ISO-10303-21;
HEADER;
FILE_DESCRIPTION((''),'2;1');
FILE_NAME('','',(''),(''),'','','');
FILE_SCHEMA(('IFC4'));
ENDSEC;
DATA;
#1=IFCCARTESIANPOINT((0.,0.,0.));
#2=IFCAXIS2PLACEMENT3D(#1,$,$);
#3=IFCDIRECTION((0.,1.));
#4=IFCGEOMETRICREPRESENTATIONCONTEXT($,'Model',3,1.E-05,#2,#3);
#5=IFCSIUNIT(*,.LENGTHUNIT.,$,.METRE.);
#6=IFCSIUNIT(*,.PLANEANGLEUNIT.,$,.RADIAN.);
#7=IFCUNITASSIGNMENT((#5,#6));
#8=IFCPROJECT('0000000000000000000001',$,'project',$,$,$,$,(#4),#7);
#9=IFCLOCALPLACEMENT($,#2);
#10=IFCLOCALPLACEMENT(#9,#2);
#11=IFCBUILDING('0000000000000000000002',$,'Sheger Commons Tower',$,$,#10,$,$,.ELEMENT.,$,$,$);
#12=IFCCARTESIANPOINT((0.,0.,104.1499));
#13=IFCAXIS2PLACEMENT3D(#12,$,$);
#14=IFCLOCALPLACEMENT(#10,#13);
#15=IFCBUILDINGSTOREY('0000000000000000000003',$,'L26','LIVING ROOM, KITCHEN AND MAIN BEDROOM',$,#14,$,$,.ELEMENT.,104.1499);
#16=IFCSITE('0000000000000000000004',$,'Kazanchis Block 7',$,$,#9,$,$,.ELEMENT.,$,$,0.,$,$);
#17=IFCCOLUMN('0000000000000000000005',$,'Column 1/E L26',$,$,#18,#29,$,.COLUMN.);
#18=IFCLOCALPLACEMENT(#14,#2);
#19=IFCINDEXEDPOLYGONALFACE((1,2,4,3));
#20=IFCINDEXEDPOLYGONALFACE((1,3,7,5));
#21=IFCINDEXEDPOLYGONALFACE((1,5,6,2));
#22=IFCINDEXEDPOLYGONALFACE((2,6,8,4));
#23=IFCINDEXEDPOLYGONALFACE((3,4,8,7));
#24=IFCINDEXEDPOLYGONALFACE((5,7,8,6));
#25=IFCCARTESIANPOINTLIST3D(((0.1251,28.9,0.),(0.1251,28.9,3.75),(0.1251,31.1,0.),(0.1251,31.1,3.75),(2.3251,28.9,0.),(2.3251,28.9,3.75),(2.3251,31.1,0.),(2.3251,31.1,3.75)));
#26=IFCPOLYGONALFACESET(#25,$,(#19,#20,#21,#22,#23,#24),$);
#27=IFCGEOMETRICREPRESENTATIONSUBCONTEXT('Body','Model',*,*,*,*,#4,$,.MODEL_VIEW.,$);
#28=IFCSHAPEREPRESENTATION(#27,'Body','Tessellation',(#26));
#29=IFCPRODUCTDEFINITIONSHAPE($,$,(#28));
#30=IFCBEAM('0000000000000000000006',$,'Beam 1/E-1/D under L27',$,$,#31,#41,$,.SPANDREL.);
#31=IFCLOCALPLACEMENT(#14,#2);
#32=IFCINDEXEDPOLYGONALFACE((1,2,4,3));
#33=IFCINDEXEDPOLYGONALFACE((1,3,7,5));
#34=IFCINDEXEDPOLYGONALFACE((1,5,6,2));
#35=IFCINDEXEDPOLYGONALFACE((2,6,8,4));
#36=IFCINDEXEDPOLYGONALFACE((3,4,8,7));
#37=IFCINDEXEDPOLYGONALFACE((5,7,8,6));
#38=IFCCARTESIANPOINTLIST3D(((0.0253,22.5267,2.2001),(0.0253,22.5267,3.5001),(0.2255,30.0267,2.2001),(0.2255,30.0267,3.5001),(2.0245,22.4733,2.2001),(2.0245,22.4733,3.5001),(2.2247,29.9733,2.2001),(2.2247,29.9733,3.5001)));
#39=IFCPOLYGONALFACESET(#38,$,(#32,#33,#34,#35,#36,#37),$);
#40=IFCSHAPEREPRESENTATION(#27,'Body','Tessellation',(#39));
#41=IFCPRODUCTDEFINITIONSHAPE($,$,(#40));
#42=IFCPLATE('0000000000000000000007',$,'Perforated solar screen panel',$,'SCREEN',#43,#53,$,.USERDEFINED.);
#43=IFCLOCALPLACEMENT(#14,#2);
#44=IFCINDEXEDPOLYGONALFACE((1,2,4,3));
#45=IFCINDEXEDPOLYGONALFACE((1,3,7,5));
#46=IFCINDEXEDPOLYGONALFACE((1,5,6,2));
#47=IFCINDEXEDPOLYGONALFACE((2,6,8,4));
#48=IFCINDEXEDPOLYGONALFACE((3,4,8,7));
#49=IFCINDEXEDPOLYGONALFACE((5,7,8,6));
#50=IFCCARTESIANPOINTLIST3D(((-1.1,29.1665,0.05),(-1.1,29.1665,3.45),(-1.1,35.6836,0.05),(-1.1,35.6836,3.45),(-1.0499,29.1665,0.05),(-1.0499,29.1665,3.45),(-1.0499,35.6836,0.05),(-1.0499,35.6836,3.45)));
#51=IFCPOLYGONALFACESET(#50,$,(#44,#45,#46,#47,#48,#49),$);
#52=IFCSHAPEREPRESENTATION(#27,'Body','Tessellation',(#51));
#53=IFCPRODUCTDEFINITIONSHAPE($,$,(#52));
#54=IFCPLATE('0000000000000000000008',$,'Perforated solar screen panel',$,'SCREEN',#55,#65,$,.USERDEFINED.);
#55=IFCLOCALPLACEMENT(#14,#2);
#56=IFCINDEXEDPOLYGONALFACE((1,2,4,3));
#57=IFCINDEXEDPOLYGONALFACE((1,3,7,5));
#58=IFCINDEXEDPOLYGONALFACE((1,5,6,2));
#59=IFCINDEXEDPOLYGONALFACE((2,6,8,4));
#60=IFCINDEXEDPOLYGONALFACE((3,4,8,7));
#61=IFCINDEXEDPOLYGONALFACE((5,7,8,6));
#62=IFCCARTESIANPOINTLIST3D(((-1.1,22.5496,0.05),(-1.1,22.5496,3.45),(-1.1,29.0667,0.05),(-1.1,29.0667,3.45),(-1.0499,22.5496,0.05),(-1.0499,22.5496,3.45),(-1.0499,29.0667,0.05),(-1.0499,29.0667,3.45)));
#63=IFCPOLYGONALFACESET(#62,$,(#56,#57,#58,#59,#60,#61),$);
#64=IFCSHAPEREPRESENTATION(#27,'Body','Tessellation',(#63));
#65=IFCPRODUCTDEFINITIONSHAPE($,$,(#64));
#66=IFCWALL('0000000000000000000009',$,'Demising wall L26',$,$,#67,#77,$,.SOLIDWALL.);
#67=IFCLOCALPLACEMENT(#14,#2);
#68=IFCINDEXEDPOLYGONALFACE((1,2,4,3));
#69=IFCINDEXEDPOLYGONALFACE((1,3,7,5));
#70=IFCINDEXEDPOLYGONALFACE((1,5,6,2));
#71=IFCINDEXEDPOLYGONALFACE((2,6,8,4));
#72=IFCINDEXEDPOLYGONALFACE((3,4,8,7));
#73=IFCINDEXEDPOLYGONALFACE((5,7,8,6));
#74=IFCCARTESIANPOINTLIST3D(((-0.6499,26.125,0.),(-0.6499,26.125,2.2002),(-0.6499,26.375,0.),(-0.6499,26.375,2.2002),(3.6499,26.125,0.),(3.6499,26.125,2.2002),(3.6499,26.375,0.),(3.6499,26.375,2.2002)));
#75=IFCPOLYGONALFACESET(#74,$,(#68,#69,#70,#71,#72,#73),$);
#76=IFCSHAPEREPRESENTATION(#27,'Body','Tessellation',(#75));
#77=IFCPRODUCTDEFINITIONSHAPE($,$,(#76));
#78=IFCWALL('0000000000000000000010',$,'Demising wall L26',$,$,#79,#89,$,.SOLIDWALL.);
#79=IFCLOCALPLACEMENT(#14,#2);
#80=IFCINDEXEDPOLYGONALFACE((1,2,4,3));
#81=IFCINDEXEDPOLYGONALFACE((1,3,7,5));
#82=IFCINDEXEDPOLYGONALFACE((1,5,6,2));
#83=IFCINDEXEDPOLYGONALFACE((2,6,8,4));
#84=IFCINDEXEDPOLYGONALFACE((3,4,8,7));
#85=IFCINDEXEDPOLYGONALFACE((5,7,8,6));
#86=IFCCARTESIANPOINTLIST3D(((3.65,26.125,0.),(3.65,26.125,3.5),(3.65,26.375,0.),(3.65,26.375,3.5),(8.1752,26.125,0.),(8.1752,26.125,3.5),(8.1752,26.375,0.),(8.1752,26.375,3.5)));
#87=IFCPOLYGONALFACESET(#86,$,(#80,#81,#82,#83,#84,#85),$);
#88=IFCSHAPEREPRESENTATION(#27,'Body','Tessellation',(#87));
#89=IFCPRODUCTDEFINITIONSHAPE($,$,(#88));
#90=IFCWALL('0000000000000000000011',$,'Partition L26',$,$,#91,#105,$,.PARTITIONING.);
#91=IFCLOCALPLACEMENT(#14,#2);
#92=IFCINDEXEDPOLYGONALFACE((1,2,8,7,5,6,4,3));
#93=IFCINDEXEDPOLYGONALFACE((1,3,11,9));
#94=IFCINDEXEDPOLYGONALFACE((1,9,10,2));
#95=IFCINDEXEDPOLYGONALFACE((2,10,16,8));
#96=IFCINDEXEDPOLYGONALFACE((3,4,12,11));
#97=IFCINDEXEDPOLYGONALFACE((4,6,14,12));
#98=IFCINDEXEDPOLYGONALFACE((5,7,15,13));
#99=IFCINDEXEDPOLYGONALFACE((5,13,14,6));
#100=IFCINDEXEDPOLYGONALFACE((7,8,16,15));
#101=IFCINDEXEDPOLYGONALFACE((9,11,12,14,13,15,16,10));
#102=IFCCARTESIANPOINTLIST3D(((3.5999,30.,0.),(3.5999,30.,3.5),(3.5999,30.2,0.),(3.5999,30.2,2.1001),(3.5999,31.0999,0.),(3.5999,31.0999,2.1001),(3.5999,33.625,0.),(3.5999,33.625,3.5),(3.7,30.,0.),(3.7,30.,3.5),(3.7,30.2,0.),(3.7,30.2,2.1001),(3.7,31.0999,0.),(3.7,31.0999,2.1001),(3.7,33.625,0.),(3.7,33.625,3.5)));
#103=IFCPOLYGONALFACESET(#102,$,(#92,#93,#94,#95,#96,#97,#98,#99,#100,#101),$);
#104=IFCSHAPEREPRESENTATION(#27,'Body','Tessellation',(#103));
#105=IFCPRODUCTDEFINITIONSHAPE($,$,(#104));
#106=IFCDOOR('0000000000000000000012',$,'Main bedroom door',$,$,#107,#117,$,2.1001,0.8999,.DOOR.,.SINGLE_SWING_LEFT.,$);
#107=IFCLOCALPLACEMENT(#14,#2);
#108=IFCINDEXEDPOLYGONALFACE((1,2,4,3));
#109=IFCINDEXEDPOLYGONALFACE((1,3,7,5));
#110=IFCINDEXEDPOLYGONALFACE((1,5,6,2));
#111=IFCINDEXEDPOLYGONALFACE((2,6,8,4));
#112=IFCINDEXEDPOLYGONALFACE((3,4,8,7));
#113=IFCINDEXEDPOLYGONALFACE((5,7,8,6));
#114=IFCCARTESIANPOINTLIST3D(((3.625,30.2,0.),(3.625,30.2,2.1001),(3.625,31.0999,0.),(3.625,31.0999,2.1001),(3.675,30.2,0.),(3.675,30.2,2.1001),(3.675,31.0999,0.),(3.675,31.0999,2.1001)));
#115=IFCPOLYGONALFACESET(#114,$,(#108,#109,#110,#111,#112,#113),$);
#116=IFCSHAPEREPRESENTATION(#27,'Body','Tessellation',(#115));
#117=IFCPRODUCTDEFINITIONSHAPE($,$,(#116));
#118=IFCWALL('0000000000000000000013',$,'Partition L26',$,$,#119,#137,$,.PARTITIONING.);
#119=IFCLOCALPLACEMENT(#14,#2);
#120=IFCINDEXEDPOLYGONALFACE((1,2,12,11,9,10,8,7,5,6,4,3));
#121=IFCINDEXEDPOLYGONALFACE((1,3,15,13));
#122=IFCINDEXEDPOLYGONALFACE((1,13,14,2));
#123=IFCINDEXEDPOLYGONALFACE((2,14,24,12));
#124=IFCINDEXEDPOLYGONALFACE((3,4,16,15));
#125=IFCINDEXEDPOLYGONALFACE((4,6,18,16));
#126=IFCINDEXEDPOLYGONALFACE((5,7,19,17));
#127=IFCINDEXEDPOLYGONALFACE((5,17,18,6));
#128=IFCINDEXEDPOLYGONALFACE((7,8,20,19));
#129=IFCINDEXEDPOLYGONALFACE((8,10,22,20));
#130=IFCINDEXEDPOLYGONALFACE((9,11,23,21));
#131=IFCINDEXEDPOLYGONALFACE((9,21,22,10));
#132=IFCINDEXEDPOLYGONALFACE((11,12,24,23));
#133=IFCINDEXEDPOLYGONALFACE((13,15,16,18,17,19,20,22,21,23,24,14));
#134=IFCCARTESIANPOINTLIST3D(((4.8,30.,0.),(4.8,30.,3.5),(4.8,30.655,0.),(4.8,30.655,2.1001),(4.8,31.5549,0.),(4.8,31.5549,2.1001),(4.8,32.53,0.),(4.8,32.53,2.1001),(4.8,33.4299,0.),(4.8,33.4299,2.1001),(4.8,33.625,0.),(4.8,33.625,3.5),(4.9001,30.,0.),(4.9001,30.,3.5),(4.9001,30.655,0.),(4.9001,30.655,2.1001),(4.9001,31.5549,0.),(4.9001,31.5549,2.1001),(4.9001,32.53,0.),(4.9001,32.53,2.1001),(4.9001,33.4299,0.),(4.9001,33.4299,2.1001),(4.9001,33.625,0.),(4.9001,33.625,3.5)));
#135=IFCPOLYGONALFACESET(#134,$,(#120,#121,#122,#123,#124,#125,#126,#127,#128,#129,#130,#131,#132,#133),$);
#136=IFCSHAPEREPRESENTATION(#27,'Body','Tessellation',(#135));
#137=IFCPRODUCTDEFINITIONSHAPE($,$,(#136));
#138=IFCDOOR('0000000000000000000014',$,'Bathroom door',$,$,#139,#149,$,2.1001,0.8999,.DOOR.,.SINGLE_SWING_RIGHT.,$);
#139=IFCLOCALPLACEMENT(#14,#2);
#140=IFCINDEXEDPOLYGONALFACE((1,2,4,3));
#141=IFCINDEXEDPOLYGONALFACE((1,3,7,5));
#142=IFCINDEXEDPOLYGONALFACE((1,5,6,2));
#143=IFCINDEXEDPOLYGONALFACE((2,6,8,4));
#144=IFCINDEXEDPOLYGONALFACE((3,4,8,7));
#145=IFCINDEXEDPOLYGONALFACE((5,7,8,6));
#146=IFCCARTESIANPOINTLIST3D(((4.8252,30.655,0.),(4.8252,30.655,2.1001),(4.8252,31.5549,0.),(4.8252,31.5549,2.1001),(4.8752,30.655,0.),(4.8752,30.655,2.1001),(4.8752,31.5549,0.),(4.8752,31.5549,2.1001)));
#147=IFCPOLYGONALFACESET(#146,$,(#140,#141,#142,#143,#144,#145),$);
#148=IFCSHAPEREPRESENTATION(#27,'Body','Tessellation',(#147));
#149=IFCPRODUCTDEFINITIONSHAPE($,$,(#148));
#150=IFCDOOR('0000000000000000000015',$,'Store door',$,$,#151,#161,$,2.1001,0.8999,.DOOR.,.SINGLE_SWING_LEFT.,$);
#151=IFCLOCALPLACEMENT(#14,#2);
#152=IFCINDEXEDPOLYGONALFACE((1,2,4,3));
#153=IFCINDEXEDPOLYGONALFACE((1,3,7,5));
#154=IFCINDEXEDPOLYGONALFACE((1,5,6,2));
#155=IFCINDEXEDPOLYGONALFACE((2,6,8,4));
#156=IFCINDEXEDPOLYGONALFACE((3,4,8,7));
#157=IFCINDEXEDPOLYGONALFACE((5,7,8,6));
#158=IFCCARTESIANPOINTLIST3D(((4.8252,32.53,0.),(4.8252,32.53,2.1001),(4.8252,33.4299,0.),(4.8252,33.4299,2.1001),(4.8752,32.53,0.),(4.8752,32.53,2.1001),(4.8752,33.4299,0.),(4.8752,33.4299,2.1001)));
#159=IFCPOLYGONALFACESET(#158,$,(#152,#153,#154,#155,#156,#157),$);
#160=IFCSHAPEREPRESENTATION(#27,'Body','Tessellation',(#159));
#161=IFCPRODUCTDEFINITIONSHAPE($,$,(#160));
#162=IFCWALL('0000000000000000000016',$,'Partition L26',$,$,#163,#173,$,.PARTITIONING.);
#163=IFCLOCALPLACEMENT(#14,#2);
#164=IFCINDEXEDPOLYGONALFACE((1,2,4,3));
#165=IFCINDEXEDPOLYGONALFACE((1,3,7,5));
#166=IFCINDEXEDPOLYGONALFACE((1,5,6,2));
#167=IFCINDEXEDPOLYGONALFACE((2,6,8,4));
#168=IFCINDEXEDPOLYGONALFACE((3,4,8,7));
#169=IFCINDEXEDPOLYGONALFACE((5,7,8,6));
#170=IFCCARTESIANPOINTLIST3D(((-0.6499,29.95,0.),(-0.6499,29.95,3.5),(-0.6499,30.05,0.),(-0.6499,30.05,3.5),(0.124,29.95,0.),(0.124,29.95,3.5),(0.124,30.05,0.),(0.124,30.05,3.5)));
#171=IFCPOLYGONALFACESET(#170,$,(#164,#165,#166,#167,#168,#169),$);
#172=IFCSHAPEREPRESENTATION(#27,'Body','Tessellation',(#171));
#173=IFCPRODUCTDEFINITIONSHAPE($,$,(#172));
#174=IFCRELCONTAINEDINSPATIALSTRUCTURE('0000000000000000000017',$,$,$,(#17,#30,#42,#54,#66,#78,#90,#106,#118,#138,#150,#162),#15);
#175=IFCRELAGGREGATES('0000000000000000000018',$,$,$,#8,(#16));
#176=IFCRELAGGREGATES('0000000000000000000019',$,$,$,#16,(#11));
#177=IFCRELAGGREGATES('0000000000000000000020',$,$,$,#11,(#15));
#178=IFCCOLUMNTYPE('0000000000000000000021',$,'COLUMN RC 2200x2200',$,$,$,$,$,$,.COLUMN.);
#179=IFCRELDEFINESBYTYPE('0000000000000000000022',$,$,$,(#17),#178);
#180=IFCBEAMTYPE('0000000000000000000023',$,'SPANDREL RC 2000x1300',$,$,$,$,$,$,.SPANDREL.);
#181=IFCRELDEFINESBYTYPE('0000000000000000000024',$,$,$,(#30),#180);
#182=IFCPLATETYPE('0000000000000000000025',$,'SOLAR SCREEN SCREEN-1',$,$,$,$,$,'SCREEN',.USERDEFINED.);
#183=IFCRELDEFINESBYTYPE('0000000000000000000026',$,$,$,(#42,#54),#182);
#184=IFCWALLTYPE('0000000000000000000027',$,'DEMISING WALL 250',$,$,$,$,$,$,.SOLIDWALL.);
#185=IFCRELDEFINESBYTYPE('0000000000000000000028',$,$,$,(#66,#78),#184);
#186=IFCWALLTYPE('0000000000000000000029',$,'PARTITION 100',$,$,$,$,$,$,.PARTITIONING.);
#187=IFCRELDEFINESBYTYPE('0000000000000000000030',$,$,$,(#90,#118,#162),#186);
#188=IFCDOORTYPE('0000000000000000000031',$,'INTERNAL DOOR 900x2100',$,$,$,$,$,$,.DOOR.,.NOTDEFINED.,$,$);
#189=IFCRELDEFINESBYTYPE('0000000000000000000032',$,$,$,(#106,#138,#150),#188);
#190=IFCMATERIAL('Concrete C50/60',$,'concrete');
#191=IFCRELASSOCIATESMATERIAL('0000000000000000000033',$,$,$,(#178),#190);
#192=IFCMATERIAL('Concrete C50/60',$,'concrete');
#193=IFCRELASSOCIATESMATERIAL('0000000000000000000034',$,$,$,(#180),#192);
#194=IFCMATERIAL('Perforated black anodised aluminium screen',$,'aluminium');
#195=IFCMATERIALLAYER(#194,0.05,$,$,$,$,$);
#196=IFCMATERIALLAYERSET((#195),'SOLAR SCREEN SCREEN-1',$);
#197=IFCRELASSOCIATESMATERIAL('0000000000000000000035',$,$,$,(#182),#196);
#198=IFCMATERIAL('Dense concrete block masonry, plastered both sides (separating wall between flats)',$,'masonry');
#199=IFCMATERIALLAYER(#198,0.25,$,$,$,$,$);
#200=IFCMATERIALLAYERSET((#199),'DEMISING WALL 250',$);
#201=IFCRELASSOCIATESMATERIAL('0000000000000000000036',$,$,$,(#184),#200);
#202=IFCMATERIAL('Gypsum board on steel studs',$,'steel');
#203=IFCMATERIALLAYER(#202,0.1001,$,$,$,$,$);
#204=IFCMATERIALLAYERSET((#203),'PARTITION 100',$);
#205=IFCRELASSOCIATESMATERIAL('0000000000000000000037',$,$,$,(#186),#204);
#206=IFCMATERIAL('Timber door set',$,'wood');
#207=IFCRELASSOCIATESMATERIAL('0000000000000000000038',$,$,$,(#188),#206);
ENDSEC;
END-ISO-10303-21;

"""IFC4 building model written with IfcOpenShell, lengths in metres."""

from ifc_helpers import new_model, si_unit, direction, frame, frame_2d, origin, origin_2d, place, context, subcontext, project, spatial, rectangle, extrude, material, layer, layer_set, material_profile, profile_set, type_object, element, fill, save


model = new_model("IFC4")

# Units and contexts
model_context = context("Model", 3, precision=1e-05, world=origin(), true_north=direction((0.0, 1.0)))
body_context = subcontext(model_context, "Body", "Model", "MODEL_VIEW")
ifc_project = project(units=[si_unit("LENGTHUNIT", "METRE"), si_unit("PLANEANGLEUNIT", "RADIAN")], contexts=[model_context])

# Site, building, storey
site_placement = place(None, origin())
site = spatial("IfcSite", under=ifc_project, at=site_placement, Name="Kazanchis Block 7", CompositionType="ELEMENT", RefElevation=0.0)
building_placement = place(site_placement, origin())
building = spatial("IfcBuilding", under=site, at=building_placement, Name="Sheger Commons Tower", CompositionType="ELEMENT")
storey_placement = place(building_placement, frame((0.0, 0.0, 104.1499)))
storey = spatial("IfcBuildingStorey", under=building, at=storey_placement, Name="L26", Description="LIVING ROOM, KITCHEN AND MAIN BEDROOM", CompositionType="ELEMENT", Elevation=104.1499)

# Column
ifc_material_1 = material(Name="Concrete C50/60", Category="concrete")
ifc_material_profile_1 = material_profile(ifc_material_1, rectangle(XDim=2.2, YDim=2.2, at=origin_2d()), Name="RC 2200x2200")
ifc_profile_set_1 = profile_set([ifc_material_profile_1], Name="Concrete C50/60")
column_type = type_object("IfcColumnType", Name="COLUMN RC 2200x2200", PredefinedType="COLUMN", material=ifc_profile_set_1)
column_placement = place(storey_placement, frame((1.2251, 30.0, 0.0), z_axis=(0.0, 0.0, 1.0), x_axis=(1.0, 0.0, 0.0)))
element("IfcColumn", 1, at=column_placement, inside=storey, type_object=column_type, Name="Column 1/E L26", PredefinedType="COLUMN", context=body_context, shape_type="SweptSolid", body=[
    extrude(rectangle(XDim=2.2, YDim=2.2, at=origin_2d()), origin(), (0.0, 0.0, 1.0), 3.75),
])

# Beam
ifc_material_2 = material(Name="Concrete C50/60", Category="concrete")
ifc_material_profile_2 = material_profile(ifc_material_2, rectangle(XDim=2.0, YDim=1.3, at=origin_2d()), Name="RC 2000x1300")
ifc_profile_set_2 = profile_set([ifc_material_profile_2], Name="Concrete C50/60")
beam_type = type_object("IfcBeamType", Name="SPANDREL RC 2000x1300", PredefinedType="SPANDREL", material=ifc_profile_set_2)
beam_placement = place(storey_placement, frame((1.2251, 30.0, 2.8501), z_axis=(-0.026683, -0.999644, 0.0), x_axis=(0.999644, -0.026683, 0.0)))
element("IfcBeam", 2, at=beam_placement, inside=storey, type_object=beam_type, Name="Beam 1/E-1/D under L27", PredefinedType="SPANDREL", context=body_context, shape_type="SweptSolid", body=[
    extrude(rectangle(XDim=2.0, YDim=1.3, at=origin_2d()), origin(), (0.0, 0.0, 1.0), 7.5027),
])

# Plates
ifc_material_3 = material(Name="Perforated black anodised aluminium screen", Category="aluminium")
ifc_layer_1 = layer(ifc_material_3, 0.05)
ifc_layer_set_1 = layer_set([ifc_layer_1], Name="SOLAR SCREEN SCREEN-1")
plate_type = type_object("IfcPlateType", Name="SOLAR SCREEN SCREEN-1", ElementType="SCREEN", PredefinedType="USERDEFINED", material=ifc_layer_set_1)
for number, where, z_axis, x_axis, name in (
    (3, (-1.075, 32.425, 0.05), (0.0, 0.0, 1.0), (0.0, -1.0, 0.0), "Perforated solar screen panel"),
    (4, (-1.075, 25.8081, 0.05), (0.0, 0.0, 1.0), (0.0, -1.0, 0.0), "Perforated solar screen panel"),
):
    element("IfcPlate", number, at=place(storey_placement, frame(where, z_axis=z_axis, x_axis=x_axis)), inside=storey, type_object=plate_type, Name=name, ObjectType="SCREEN", PredefinedType="USERDEFINED", context=body_context, shape_type="SweptSolid", body=[
        extrude(rectangle(XDim=6.5171, YDim=0.05, at=origin_2d()), origin(), (0.0, 0.0, 1.0), 3.3999),
    ])

# Walls
ifc_material_4 = material(Name="Dense concrete block masonry, plastered both sides (separating wall between flats)", Category="masonry")
ifc_layer_2 = layer(ifc_material_4, 0.25)
ifc_layer_set_2 = layer_set([ifc_layer_2], Name="DEMISING WALL 250")
wall_type_1 = type_object("IfcWallType", Name="DEMISING WALL 250", PredefinedType="SOLIDWALL", material=ifc_layer_set_2)
wall_1_placement = place(storey_placement, frame((-0.6499, 26.25, 0.0), z_axis=(0.0, 0.0, 1.0), x_axis=(1.0, 0.0, 0.0)))
element("IfcWall", 5, at=wall_1_placement, inside=storey, type_object=wall_type_1, Name="Demising wall L26", PredefinedType="SOLIDWALL", context=body_context, shape_type="SweptSolid", body=[
    extrude(rectangle(XDim=4.2998, YDim=0.25, at=frame_2d((2.1499, 0.0))), origin(), (0.0, 0.0, 1.0), 2.2002),
])
wall_2_placement = place(storey_placement, frame((3.6499, 26.25, 0.0), z_axis=(0.0, 0.0, 1.0), x_axis=(1.0, 0.0, 0.0)))
element("IfcWall", 6, at=wall_2_placement, inside=storey, type_object=wall_type_1, Name="Demising wall L26", PredefinedType="SOLIDWALL", context=body_context, shape_type="SweptSolid", body=[
    extrude(rectangle(XDim=4.5251, YDim=0.25, at=frame_2d((2.2627, 0.0))), origin(), (0.0, 0.0, 1.0), 3.5),
])

# Wall, opening, door
ifc_material_5 = material(Name="Gypsum board on steel studs", Category="steel")
ifc_layer_3 = layer(ifc_material_5, 0.1001)
ifc_layer_set_3 = layer_set([ifc_layer_3], Name="PARTITION 100")
wall_type_2 = type_object("IfcWallType", Name="PARTITION 100", PredefinedType="PARTITIONING", material=ifc_layer_set_3)
wall_3_placement = place(storey_placement, frame((3.6499, 30.0, 0.0), z_axis=(0.0, 0.0, 1.0), x_axis=(0.0, 1.0, 0.0)))
wall_3 = element("IfcWall", 7, at=wall_3_placement, inside=storey, type_object=wall_type_2, Name="Partition L26", PredefinedType="PARTITIONING", context=body_context, shape_type="SweptSolid", body=[
    extrude(rectangle(XDim=3.625, YDim=0.1001, at=frame_2d((1.8125, 0.0))), origin(), (0.0, 0.0, 1.0), 3.5),
])
opening_1_placement = place(wall_3_placement, frame((0.2, 0.0, 0.0)))
opening_1 = element("IfcOpeningElement", 8, at=opening_1_placement, cuts=wall_3, PredefinedType="OPENING", context=body_context, shape_type="SweptSolid", body=[
    extrude(rectangle(XDim=0.8999, YDim=2.1001, at=frame_2d((0.45, 1.05))), frame((0.0, 0.0601, 0.0), z_axis=(0.0, -1.0, 0.0), x_axis=(1.0, 0.0, 0.0)), (0.0, 0.0, 1.0), 0.1201),
])
ifc_material_6 = material(Name="Timber door set", Category="wood")
door_type = type_object("IfcDoorType", Name="INTERNAL DOOR 900x2100", OperationType="NOTDEFINED", PredefinedType="DOOR", material=ifc_material_6)
door_1_placement = place(opening_1_placement, origin())
door_1 = element("IfcDoor", 9, at=door_1_placement, inside=storey, type_object=door_type, Name="Main bedroom door", OperationType="SINGLE_SWING_LEFT", OverallHeight=2.1001, OverallWidth=0.8999, PredefinedType="DOOR", context=body_context, shape_type="SweptSolid", body=[
    extrude(rectangle(XDim=0.8999, YDim=2.1001, at=frame_2d((0.45, 1.05))), frame((0.0, 0.0249, 0.0), z_axis=(0.0, -1.0, 0.0), x_axis=(1.0, 0.0, 0.0)), (0.0, 0.0, 1.0), 0.05),
])
fill(opening_1, door_1)

# Wall, openings, doors
wall_4_placement = place(storey_placement, frame((4.8501, 30.0, 0.0), z_axis=(0.0, 0.0, 1.0), x_axis=(0.0, 1.0, 0.0)))
wall_4 = element("IfcWall", 10, at=wall_4_placement, inside=storey, type_object=wall_type_2, Name="Partition L26", PredefinedType="PARTITIONING", context=body_context, shape_type="SweptSolid", body=[
    extrude(rectangle(XDim=3.625, YDim=0.1001, at=frame_2d((1.8125, 0.0))), origin(), (0.0, 0.0, 1.0), 3.5),
])
opening_2_placement = place(wall_4_placement, frame((0.655, 0.0, 0.0)))
opening_2 = element("IfcOpeningElement", 11, at=opening_2_placement, cuts=wall_4, PredefinedType="OPENING", context=body_context, shape_type="SweptSolid", body=[
    extrude(rectangle(XDim=0.8999, YDim=2.1001, at=frame_2d((0.45, 1.05))), frame((0.0, 0.0601, 0.0), z_axis=(0.0, -1.0, 0.0), x_axis=(1.0, 0.0, 0.0)), (0.0, 0.0, 1.0), 0.1201),
])
opening_3_placement = place(wall_4_placement, frame((2.53, 0.0, 0.0)))
opening_3 = element("IfcOpeningElement", 12, at=opening_3_placement, cuts=wall_4, PredefinedType="OPENING", context=body_context, shape_type="SweptSolid", body=[
    extrude(rectangle(XDim=0.8999, YDim=2.1001, at=frame_2d((0.45, 1.05))), frame((0.0, 0.0601, 0.0), z_axis=(0.0, -1.0, 0.0), x_axis=(1.0, 0.0, 0.0)), (0.0, 0.0, 1.0), 0.1201),
])
door_2_placement = place(opening_2_placement, origin())
door_2 = element("IfcDoor", 13, at=door_2_placement, inside=storey, type_object=door_type, Name="Bathroom door", OperationType="SINGLE_SWING_RIGHT", OverallHeight=2.1001, OverallWidth=0.8999, PredefinedType="DOOR", context=body_context, shape_type="SweptSolid", body=[
    extrude(rectangle(XDim=0.8999, YDim=2.1001, at=frame_2d((0.45, 1.05))), frame((0.0, 0.0249, 0.0), z_axis=(0.0, -1.0, 0.0), x_axis=(1.0, 0.0, 0.0)), (0.0, 0.0, 1.0), 0.05),
])
fill(opening_2, door_2)
door_3_placement = place(opening_3_placement, origin())
door_3 = element("IfcDoor", 14, at=door_3_placement, inside=storey, type_object=door_type, Name="Store door", OperationType="SINGLE_SWING_LEFT", OverallHeight=2.1001, OverallWidth=0.8999, PredefinedType="DOOR", context=body_context, shape_type="SweptSolid", body=[
    extrude(rectangle(XDim=0.8999, YDim=2.1001, at=frame_2d((0.45, 1.05))), frame((0.0, 0.0249, 0.0), z_axis=(0.0, -1.0, 0.0), x_axis=(1.0, 0.0, 0.0)), (0.0, 0.0, 1.0), 0.05),
])
fill(opening_3, door_3)

# Wall
wall_5_placement = place(storey_placement, frame((-0.6499, 30.0, 0.0), z_axis=(0.0, 0.0, 1.0), x_axis=(1.0, 0.0, 0.0)))
element("IfcWall", 15, at=wall_5_placement, inside=storey, type_object=wall_type_2, Name="Partition L26", PredefinedType="PARTITIONING", context=body_context, shape_type="SweptSolid", body=[
    extrude(rectangle(XDim=0.7739, YDim=0.1001, at=frame_2d((0.387, 0.0))), origin(), (0.0, 0.0, 1.0), 3.5),
])

save(model, "model.ifc")
